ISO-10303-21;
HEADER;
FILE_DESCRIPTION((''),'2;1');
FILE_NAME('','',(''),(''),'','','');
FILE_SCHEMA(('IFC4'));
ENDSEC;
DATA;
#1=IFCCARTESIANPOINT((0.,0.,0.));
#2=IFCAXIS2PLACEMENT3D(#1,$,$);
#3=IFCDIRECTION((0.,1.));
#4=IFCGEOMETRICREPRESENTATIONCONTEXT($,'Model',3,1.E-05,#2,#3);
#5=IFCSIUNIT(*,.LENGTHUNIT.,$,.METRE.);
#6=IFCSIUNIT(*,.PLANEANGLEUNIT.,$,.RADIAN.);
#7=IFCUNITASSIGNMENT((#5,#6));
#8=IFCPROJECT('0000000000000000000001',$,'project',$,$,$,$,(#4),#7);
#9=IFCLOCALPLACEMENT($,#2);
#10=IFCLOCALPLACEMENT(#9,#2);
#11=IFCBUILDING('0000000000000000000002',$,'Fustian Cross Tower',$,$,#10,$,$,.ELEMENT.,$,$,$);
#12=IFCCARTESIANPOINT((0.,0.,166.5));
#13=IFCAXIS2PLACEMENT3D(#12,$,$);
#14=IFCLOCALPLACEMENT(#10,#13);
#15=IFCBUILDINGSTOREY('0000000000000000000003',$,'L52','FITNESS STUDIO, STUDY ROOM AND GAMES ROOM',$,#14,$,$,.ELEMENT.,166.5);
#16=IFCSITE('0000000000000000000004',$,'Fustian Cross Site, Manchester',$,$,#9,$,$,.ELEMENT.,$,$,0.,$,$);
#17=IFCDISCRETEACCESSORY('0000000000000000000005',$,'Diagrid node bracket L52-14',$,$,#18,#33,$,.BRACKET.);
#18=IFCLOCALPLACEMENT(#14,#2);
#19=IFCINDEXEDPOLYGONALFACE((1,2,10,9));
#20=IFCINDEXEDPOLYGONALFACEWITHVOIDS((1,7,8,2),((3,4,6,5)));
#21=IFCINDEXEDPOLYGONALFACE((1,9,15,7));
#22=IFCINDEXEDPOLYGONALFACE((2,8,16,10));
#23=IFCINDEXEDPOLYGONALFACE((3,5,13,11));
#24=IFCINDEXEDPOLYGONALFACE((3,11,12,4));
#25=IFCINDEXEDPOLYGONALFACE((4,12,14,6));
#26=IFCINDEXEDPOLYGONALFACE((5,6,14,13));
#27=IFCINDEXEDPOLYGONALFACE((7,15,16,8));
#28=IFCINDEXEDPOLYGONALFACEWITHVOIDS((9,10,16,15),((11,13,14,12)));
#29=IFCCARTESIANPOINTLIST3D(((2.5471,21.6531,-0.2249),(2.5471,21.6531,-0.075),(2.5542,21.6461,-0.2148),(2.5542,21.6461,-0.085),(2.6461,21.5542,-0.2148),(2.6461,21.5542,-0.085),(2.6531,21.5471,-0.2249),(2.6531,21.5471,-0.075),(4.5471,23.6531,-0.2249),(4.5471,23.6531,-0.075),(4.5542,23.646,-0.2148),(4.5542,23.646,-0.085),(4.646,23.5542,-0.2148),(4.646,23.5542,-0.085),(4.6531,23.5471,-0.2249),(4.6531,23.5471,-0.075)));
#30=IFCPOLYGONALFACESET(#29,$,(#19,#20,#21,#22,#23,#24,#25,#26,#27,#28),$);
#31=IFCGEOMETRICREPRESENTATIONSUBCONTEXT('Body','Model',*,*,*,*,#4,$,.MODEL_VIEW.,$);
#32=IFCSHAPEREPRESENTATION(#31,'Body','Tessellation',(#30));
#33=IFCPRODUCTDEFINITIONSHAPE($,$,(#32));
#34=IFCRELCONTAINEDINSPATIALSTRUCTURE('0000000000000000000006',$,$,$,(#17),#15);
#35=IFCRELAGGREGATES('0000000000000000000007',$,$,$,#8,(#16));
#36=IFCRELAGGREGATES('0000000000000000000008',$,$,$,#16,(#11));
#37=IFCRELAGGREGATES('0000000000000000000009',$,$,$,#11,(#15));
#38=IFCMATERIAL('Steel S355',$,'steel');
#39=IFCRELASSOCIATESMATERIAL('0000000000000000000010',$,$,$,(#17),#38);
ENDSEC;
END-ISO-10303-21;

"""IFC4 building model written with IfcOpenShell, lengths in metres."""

from ifc_helpers import new_model, si_unit, direction, frame, origin, origin_2d, place, context, subcontext, project, spatial, hollow_rectangle, extrude, material, element, save


model = new_model("IFC4")

# Units and contexts
model_context = context("Model", 3, precision=1e-05, world=origin(), true_north=direction((0.0, 1.0)))
body_context = subcontext(model_context, "Body", "Model", "MODEL_VIEW")
ifc_project = project(units=[si_unit("LENGTHUNIT", "METRE"), si_unit("PLANEANGLEUNIT", "RADIAN")], contexts=[model_context])

# Site, building, storey
site_placement = place(None, origin())
site = spatial("IfcSite", under=ifc_project, at=site_placement, Name="Fustian Cross Site, Manchester", CompositionType="ELEMENT", RefElevation=0.0)
building_placement = place(site_placement, origin())
building = spatial("IfcBuilding", under=site, at=building_placement, Name="Fustian Cross Tower", CompositionType="ELEMENT")
storey_placement = place(building_placement, frame((0.0, 0.0, 166.5)))
storey = spatial("IfcBuildingStorey", under=building, at=storey_placement, Name="L52", Description="FITNESS STUDIO, STUDY ROOM AND GAMES ROOM", CompositionType="ELEMENT", Elevation=166.5)

# Discrete accessory
ifc_material_1 = material(Name="Steel S355", Category="steel")
discrete_accessory_placement = place(storey_placement, frame((4.6001, 23.6001, -0.1499), z_axis=(-0.707107, -0.707107, 0.0), x_axis=(0.707107, -0.707107, 0.0)))
element("IfcDiscreteAccessory", 1, at=discrete_accessory_placement, inside=storey, material=ifc_material_1, Name="Diagrid node bracket L52-14", PredefinedType="BRACKET", context=body_context, shape_type="SweptSolid", body=[
    extrude(hollow_rectangle(XDim=0.1499, YDim=0.1499, WallThickness=0.01, at=origin_2d()), origin(), (0.0, 0.0, 1.0), 2.8284),
])

save(model, "model.ifc")
